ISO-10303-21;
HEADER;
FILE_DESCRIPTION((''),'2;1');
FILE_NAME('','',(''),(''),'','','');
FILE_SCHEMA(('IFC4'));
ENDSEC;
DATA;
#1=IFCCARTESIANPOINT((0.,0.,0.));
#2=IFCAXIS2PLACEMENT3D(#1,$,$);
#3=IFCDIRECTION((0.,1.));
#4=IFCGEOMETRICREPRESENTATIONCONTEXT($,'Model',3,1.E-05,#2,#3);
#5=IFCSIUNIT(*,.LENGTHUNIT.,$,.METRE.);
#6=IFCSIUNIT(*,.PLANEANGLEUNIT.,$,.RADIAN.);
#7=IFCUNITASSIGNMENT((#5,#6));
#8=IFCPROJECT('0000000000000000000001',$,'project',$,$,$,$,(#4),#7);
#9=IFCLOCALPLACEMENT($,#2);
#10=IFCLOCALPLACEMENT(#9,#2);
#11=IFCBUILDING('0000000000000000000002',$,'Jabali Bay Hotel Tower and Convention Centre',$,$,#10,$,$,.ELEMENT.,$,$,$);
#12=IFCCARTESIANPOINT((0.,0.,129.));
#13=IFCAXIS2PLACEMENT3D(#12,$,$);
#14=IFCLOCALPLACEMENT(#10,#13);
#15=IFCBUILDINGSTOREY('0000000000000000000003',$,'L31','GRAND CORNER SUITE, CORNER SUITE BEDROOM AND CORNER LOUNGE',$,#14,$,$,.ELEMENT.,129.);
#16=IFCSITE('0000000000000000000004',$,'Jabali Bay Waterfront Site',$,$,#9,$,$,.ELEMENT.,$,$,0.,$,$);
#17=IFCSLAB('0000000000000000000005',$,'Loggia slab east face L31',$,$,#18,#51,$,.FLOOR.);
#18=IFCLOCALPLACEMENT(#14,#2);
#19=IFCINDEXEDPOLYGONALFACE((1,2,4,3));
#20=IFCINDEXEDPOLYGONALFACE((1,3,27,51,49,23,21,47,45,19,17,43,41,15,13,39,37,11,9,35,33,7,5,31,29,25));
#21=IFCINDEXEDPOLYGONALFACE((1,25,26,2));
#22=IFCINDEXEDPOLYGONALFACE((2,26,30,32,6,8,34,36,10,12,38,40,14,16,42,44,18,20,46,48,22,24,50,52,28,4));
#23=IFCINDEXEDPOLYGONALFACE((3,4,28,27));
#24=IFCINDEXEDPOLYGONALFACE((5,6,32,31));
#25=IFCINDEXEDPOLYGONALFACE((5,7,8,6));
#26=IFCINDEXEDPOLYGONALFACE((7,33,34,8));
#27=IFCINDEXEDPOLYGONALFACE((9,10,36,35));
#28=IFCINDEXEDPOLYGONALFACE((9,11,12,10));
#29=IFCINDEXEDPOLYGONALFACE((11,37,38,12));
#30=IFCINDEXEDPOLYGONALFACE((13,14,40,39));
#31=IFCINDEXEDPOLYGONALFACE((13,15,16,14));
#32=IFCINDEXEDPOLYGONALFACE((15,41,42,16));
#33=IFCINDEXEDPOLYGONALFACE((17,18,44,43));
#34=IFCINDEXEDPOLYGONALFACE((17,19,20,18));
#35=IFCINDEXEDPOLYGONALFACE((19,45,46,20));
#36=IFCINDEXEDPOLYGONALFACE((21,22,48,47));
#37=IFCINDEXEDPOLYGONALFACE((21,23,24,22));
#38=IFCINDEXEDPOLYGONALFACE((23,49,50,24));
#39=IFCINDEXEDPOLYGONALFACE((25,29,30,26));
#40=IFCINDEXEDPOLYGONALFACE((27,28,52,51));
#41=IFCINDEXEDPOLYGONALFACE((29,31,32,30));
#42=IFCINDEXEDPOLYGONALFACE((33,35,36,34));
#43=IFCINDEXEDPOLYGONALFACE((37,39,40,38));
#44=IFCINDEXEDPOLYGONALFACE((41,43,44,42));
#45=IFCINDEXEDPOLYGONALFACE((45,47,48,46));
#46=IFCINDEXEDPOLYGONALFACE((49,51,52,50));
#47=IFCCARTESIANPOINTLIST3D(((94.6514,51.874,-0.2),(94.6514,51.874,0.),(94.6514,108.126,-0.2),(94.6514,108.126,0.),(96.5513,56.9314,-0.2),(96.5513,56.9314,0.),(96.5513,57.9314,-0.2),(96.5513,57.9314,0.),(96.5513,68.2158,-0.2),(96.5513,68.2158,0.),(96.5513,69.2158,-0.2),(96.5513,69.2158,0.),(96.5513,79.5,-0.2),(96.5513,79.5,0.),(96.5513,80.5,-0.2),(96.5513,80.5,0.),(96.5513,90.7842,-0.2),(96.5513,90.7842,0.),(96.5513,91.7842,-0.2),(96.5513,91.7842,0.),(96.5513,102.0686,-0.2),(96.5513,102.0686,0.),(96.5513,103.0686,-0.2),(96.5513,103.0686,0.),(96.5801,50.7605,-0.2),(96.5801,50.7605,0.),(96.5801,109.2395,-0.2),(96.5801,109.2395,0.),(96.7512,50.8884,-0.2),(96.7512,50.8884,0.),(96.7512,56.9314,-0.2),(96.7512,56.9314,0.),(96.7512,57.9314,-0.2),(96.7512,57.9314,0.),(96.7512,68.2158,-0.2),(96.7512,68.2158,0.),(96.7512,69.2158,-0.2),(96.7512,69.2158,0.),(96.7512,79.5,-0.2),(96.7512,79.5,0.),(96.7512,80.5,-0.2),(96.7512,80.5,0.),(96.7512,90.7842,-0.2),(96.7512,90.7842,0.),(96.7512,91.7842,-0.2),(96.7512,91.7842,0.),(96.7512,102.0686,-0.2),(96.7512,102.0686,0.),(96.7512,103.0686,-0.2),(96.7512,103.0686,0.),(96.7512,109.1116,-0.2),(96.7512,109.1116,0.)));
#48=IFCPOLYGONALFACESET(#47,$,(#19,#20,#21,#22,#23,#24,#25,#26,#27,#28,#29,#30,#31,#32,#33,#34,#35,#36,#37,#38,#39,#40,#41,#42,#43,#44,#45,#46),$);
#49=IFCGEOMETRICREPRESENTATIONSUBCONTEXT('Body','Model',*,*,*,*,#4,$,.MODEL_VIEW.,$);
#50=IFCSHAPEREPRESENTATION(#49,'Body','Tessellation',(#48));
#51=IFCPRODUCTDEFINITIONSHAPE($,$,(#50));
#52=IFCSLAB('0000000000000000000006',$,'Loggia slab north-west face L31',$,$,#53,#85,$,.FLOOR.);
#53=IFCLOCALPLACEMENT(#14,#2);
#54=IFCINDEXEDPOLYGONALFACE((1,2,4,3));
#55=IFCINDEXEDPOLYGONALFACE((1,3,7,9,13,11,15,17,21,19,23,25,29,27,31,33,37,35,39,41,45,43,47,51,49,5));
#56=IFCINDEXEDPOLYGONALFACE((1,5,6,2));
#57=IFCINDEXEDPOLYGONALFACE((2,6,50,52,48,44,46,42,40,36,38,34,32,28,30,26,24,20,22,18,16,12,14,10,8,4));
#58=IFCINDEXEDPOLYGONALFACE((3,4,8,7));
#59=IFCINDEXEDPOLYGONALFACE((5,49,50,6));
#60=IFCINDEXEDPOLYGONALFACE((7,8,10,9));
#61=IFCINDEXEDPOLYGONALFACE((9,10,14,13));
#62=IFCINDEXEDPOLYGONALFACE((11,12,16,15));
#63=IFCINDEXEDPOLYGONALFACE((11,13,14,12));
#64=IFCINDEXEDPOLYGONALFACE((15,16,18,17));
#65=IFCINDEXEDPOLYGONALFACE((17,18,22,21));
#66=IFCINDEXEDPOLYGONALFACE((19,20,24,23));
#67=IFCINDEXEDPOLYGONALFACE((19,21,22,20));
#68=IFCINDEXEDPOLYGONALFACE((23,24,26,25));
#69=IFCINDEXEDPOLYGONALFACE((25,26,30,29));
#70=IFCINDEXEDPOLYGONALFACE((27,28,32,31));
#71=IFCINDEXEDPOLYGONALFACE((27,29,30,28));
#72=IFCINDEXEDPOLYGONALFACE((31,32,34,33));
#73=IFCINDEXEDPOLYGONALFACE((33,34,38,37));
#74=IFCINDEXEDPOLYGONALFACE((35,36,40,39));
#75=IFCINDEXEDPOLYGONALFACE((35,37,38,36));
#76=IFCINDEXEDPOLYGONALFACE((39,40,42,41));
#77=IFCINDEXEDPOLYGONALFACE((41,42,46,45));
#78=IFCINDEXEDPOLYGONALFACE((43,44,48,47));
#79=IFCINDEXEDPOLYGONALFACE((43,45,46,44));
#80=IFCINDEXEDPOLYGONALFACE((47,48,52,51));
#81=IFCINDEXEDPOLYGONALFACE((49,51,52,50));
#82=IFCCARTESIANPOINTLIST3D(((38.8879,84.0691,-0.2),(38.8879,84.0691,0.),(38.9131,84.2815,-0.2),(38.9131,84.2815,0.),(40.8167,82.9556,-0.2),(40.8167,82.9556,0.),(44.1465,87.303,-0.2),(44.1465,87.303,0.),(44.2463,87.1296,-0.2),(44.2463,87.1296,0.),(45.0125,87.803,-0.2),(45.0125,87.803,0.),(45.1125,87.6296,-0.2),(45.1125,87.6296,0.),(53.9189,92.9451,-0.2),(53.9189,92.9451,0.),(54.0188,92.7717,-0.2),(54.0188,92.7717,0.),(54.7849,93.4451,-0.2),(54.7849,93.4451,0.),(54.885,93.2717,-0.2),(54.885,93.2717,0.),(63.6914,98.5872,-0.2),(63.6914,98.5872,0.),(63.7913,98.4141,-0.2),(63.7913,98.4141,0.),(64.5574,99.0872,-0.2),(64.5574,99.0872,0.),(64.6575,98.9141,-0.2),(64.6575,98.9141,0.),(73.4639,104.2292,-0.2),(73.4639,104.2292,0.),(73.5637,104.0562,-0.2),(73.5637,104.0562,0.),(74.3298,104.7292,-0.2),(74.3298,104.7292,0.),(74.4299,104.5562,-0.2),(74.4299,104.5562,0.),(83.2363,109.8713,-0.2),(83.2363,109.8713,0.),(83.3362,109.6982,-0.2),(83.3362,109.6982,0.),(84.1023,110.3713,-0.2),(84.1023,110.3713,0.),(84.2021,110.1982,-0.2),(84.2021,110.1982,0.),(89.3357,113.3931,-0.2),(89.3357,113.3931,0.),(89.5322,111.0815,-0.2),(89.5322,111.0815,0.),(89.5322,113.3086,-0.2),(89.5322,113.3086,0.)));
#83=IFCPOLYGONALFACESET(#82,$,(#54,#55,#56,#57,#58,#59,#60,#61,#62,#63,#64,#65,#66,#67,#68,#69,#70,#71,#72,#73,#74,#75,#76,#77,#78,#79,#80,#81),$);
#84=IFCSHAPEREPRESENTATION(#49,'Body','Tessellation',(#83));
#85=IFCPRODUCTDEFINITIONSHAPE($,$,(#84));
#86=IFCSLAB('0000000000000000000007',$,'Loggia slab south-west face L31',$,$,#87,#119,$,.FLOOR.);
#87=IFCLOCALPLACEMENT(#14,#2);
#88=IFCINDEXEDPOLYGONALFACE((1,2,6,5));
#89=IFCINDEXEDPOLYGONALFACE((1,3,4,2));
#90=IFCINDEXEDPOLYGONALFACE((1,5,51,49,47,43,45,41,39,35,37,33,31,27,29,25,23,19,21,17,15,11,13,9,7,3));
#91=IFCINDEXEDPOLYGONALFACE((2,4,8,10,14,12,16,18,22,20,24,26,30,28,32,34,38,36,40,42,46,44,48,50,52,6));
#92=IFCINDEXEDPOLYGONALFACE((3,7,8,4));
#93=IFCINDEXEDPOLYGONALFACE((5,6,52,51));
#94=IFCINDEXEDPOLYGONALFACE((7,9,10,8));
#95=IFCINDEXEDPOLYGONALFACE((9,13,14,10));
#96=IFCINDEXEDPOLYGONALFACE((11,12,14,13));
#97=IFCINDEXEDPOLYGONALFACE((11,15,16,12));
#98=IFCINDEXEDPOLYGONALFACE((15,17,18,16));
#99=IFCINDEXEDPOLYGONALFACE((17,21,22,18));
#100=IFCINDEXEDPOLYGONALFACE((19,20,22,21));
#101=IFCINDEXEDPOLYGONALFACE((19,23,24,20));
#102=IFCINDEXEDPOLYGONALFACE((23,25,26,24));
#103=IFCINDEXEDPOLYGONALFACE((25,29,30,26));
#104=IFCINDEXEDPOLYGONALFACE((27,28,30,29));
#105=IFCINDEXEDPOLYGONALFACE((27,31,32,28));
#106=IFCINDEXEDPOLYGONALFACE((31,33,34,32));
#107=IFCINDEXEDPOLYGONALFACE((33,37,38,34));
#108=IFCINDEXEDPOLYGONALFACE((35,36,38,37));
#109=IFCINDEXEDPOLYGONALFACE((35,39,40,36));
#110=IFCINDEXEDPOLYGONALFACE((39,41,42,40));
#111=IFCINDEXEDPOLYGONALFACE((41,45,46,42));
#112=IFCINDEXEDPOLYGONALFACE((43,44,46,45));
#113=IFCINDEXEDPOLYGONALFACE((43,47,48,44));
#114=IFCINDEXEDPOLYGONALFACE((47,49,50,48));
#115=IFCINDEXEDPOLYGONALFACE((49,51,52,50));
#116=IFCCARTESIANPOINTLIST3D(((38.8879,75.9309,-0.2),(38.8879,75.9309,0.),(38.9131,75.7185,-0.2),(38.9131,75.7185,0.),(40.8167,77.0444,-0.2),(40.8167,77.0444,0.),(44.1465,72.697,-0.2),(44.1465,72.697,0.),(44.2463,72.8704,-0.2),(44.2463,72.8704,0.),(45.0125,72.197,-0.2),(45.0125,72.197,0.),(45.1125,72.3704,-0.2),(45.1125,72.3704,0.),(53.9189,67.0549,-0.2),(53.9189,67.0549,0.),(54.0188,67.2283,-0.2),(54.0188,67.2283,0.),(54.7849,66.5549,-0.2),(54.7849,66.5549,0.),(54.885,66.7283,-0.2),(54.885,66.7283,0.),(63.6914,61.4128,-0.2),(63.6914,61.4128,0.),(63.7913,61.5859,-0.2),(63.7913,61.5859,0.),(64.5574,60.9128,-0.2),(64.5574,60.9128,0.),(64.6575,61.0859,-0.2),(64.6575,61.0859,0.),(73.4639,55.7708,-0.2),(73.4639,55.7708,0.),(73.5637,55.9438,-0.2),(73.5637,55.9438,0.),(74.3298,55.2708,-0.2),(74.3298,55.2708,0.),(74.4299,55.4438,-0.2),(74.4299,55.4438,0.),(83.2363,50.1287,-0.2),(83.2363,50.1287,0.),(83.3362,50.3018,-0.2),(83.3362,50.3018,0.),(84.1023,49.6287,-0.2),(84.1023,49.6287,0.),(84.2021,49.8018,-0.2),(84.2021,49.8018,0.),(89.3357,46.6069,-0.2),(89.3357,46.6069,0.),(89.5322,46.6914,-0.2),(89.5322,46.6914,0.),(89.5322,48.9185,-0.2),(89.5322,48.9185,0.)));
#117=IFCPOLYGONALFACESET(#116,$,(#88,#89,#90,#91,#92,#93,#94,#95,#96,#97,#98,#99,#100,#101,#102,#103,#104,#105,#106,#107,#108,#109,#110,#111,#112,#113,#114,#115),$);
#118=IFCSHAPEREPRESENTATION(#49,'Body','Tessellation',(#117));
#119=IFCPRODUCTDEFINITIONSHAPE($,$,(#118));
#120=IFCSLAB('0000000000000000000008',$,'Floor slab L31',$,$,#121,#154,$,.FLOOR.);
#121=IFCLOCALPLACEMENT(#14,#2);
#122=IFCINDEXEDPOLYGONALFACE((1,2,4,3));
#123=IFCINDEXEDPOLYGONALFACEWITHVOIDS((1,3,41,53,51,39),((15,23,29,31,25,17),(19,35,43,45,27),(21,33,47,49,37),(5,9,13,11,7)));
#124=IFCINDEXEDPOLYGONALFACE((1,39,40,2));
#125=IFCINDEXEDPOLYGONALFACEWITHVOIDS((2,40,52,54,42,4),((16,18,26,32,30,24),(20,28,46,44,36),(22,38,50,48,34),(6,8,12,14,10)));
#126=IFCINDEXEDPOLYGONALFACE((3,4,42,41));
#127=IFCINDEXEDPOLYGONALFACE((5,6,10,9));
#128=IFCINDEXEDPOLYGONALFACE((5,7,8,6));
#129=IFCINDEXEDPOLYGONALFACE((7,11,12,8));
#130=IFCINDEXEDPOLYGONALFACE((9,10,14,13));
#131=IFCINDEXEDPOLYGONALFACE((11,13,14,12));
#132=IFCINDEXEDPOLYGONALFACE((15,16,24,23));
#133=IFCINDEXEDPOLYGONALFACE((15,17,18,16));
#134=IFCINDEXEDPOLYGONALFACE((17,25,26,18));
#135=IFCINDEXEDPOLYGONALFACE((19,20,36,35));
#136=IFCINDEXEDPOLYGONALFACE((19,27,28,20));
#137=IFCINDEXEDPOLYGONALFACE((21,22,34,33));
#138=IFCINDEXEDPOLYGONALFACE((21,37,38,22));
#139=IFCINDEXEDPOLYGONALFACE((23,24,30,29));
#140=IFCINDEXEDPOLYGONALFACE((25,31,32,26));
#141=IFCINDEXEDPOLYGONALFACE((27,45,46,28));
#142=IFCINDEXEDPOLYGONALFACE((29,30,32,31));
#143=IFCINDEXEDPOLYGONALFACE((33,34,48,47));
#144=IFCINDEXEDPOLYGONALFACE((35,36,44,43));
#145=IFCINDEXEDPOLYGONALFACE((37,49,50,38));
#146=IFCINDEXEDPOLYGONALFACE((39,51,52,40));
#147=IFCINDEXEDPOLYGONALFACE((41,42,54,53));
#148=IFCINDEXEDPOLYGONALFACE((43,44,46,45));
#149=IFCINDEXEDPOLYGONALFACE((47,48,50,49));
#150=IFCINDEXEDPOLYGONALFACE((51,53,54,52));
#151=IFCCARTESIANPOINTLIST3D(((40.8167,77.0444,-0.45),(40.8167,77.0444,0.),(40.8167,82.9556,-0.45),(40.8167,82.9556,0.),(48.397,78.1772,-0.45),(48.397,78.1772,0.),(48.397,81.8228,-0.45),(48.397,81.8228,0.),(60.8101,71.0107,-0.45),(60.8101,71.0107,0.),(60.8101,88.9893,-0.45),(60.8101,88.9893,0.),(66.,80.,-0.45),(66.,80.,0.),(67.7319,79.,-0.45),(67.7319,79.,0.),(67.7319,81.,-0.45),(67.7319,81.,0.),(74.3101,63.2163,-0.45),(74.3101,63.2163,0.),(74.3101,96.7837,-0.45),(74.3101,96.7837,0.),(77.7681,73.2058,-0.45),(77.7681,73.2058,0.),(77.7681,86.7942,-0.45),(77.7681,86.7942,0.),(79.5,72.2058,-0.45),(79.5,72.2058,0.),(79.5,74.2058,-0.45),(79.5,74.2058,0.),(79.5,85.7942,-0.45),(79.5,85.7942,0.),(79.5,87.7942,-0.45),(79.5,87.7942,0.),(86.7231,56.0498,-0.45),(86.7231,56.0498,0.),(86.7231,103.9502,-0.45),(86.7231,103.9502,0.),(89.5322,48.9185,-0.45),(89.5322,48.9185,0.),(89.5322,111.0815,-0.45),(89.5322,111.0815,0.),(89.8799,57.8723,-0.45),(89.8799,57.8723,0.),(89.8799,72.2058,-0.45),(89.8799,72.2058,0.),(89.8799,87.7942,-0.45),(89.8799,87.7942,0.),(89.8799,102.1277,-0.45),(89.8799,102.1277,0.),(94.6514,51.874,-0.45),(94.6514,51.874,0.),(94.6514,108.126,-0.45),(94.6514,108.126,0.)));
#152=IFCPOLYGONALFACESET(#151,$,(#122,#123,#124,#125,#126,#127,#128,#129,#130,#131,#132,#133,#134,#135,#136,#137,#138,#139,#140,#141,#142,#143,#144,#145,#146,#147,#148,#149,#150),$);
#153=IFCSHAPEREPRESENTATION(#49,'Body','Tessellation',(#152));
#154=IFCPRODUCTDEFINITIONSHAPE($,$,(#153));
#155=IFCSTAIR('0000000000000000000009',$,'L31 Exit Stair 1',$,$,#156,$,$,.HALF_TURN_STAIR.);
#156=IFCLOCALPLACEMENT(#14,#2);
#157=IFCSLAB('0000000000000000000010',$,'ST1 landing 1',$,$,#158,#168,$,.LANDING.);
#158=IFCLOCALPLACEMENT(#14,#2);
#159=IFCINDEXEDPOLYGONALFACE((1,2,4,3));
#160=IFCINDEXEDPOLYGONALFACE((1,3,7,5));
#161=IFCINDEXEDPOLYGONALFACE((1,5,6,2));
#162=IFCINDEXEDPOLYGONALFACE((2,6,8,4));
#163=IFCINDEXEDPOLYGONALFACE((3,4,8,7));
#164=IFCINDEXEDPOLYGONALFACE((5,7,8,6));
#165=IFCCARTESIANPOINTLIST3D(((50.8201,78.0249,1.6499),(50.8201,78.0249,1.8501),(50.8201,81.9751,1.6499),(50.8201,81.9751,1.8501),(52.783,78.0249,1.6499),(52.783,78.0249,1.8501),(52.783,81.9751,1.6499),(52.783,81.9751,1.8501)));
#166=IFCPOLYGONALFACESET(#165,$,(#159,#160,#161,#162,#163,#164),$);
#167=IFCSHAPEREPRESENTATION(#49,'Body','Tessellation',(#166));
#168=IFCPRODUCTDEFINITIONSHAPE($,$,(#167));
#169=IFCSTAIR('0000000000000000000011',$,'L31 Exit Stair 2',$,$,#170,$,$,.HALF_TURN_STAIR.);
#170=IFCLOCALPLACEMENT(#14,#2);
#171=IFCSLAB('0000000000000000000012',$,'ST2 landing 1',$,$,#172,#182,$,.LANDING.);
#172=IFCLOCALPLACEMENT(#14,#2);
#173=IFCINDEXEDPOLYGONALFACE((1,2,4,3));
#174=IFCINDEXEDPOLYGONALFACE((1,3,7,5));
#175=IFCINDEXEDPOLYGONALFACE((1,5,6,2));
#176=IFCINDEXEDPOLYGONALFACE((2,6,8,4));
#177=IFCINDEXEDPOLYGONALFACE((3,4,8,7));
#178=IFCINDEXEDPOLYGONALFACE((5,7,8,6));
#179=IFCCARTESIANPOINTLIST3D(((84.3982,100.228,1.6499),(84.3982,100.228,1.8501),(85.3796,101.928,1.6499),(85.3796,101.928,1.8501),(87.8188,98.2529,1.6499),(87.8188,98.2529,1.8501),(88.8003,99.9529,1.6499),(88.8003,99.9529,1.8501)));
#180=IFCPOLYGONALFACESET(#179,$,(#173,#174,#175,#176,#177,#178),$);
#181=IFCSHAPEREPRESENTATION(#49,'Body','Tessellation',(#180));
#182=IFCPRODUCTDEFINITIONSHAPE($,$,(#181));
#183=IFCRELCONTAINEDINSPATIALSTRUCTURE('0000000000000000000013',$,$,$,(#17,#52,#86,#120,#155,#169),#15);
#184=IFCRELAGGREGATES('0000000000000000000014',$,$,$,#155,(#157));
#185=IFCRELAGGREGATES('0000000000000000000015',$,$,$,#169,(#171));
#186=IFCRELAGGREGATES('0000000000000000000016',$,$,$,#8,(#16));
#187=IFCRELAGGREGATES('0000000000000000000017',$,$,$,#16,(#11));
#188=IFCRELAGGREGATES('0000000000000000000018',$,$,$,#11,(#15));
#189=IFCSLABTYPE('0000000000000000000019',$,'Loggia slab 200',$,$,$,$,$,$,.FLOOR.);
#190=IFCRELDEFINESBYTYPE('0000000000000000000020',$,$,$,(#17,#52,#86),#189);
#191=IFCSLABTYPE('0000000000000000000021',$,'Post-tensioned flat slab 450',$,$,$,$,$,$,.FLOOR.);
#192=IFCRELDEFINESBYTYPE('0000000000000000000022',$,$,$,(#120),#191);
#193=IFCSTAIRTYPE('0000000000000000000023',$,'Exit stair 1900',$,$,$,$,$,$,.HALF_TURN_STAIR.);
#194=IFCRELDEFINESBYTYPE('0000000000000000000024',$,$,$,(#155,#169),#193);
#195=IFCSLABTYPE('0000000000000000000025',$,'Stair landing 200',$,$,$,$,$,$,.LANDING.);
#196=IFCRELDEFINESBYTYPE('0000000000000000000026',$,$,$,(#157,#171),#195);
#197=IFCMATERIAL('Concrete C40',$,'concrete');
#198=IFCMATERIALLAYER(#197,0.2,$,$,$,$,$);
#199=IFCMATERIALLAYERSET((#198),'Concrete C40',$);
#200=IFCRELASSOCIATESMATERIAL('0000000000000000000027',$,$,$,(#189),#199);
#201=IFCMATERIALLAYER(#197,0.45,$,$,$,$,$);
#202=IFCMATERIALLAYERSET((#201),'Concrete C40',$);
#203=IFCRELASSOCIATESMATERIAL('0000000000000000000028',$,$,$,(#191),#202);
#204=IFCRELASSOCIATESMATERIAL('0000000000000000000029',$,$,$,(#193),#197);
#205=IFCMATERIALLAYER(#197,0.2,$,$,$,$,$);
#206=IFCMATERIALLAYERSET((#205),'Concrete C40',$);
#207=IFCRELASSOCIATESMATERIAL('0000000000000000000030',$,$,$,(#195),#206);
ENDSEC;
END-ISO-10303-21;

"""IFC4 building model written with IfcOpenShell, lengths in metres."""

from ifc_helpers import new_model, si_unit, direction, frame, origin, place, context, subcontext, project, spatial, polyline, outline, extrude, material, layer, layer_set, type_object, element, aggregate, save


model = new_model("IFC4")

# Units and contexts
model_context = context("Model", 3, precision=1e-05, world=origin(), true_north=direction((0.0, 1.0)))
body_context = subcontext(model_context, "Body", "Model", "MODEL_VIEW")
ifc_project = project(units=[si_unit("LENGTHUNIT", "METRE"), si_unit("PLANEANGLEUNIT", "RADIAN")], contexts=[model_context])

# Site, building, storey
site_placement = place(None, origin())
site = spatial("IfcSite", under=ifc_project, at=site_placement, Name="Jabali Bay Waterfront Site", CompositionType="ELEMENT", RefElevation=0.0)
building_placement = place(site_placement, origin())
building = spatial("IfcBuilding", under=site, at=building_placement, Name="Jabali Bay Hotel Tower and Convention Centre", CompositionType="ELEMENT")
storey_placement = place(building_placement, frame((0.0, 0.0, 129.0)))
storey = spatial("IfcBuildingStorey", under=building, at=storey_placement, Name="L31", Description="GRAND CORNER SUITE, CORNER SUITE BEDROOM AND CORNER LOUNGE", CompositionType="ELEMENT", Elevation=129.0)

# Slabs
ifc_material_1 = material(Name="Concrete C40", Category="concrete")
ifc_layer_1 = layer(ifc_material_1, 0.2)
ifc_layer_set_1 = layer_set([ifc_layer_1], Name="Concrete C40")
slab_type_1 = type_object("IfcSlabType", Name="Loggia slab 200", PredefinedType="FLOOR", material=ifc_layer_set_1)
slab_1_placement = place(storey_placement, frame((0.0, 0.0, -0.2)))
element("IfcSlab", 1, at=slab_1_placement, inside=storey, type_object=slab_type_1, Name="Loggia slab east face L31", PredefinedType="FLOOR", context=body_context, shape_type="SweptSolid", body=[
    extrude(outline(polyline([(94.6514, 108.126), (96.5801, 109.2395), (96.7512, 109.1116), (96.7512, 103.0686), (96.5513, 103.0686), (96.5513, 102.0686), (96.7512, 102.0686), (96.7512, 91.7842), (96.5513, 91.7842), (96.5513, 90.7842), (96.7512, 90.7842), (96.7512, 80.5), (96.5513, 80.5), (96.5513, 79.5), (96.7512, 79.5), (96.7512, 69.2158), (96.5513, 69.2158), (96.5513, 68.2158), (96.7512, 68.2158), (96.7512, 57.9314), (96.5513, 57.9314), (96.5513, 56.9314), (96.7512, 56.9314), (96.7512, 50.8884), (96.5801, 50.7605), (94.6514, 51.874), (94.6514, 108.126)])), origin(), (0.0, 0.0, 1.0), 0.2),
])
slab_2_placement = place(storey_placement, frame((0.0, 0.0, -0.2)))
element("IfcSlab", 2, at=slab_2_placement, inside=storey, type_object=slab_type_1, Name="Loggia slab north-west face L31", PredefinedType="FLOOR", context=body_context, shape_type="SweptSolid", body=[
    extrude(outline(polyline([(40.8167, 82.9556), (38.8879, 84.0691), (38.9131, 84.2815), (44.1465, 87.303), (44.2463, 87.1296), (45.1125, 87.6296), (45.0125, 87.803), (53.9189, 92.9451), (54.0188, 92.7717), (54.885, 93.2717), (54.7849, 93.4451), (63.6914, 98.5872), (63.7913, 98.4141), (64.6575, 98.9141), (64.5574, 99.0872), (73.4639, 104.2292), (73.5637, 104.0562), (74.4299, 104.5562), (74.3298, 104.7292), (83.2363, 109.8713), (83.3362, 109.6982), (84.2021, 110.1982), (84.1023, 110.3713), (89.3357, 113.3931), (89.5322, 113.3086), (89.5322, 111.0815), (40.8167, 82.9556)])), origin(), (0.0, 0.0, 1.0), 0.2),
])
slab_3_placement = place(storey_placement, frame((0.0, 0.0, -0.2)))
element("IfcSlab", 3, at=slab_3_placement, inside=storey, type_object=slab_type_1, Name="Loggia slab south-west face L31", PredefinedType="FLOOR", context=body_context, shape_type="SweptSolid", body=[
    extrude(outline(polyline([(89.5322, 48.9185), (89.5322, 46.6914), (89.3357, 46.6069), (84.1023, 49.6287), (84.2021, 49.8018), (83.3362, 50.3018), (83.2363, 50.1287), (74.3298, 55.2708), (74.4299, 55.4438), (73.5637, 55.9438), (73.4639, 55.7708), (64.5574, 60.9128), (64.6575, 61.0859), (63.7913, 61.5859), (63.6914, 61.4128), (54.7849, 66.5549), (54.885, 66.7283), (54.0188, 67.2283), (53.9189, 67.0549), (45.0125, 72.197), (45.1125, 72.3704), (44.2463, 72.8704), (44.1465, 72.697), (38.9131, 75.7185), (38.8879, 75.9309), (40.8167, 77.0444), (89.5322, 48.9185)])), origin(), (0.0, 0.0, 1.0), 0.2),
])
ifc_layer_2 = layer(ifc_material_1, 0.45)
ifc_layer_set_2 = layer_set([ifc_layer_2], Name="Concrete C40")
slab_type_2 = type_object("IfcSlabType", Name="Post-tensioned flat slab 450", PredefinedType="FLOOR", material=ifc_layer_set_2)
slab_4_placement = place(storey_placement, frame((0.0, 0.0, -0.45)))
element("IfcSlab", 4, at=slab_4_placement, inside=storey, type_object=slab_type_2, Name="Floor slab L31", PredefinedType="FLOOR", context=body_context, shape_type="SweptSolid", body=[
    extrude(outline(polyline([(89.5322, 111.0815), (94.6514, 108.126), (94.6514, 51.874), (89.5322, 48.9185), (40.8167, 77.0444), (40.8167, 82.9556), (89.5322, 111.0815)]), holes=[polyline([(67.7319, 79.0), (77.7681, 73.2058), (79.5, 74.2058), (79.5, 85.7942), (77.7681, 86.7942), (67.7319, 81.0), (67.7319, 79.0)]), polyline([(48.397, 78.1772), (60.8101, 71.0107), (66.0, 80.0), (60.8101, 88.9893), (48.397, 81.8228), (48.397, 78.1772)]), polyline([(89.8799, 102.1277), (86.7231, 103.9502), (74.3101, 96.7837), (79.5, 87.7942), (89.8799, 87.7942), (89.8799, 102.1277)]), polyline([(74.3101, 63.2163), (86.7231, 56.0498), (89.8799, 57.8723), (89.8799, 72.2058), (79.5, 72.2058), (74.3101, 63.2163)])]), origin(), (0.0, 0.0, 1.0), 0.45),
])

# Stairs, slabs
stair_type = type_object("IfcStairType", Name="Exit stair 1900", PredefinedType="HALF_TURN_STAIR", material=ifc_material_1)
stair_1_placement = place(storey_placement, origin())
stair_1 = element("IfcStair", 5, at=stair_1_placement, inside=storey, type_object=stair_type, Name="L31 Exit Stair 1", PredefinedType="HALF_TURN_STAIR")
ifc_layer_3 = layer(ifc_material_1, 0.2)
ifc_layer_set_3 = layer_set([ifc_layer_3], Name="Concrete C40")
slab_type_3 = type_object("IfcSlabType", Name="Stair landing 200", PredefinedType="LANDING", material=ifc_layer_set_3)
slab_5_placement = place(storey_placement, frame((0.0, 0.0, 1.6499)))
slab_5 = element("IfcSlab", 6, at=slab_5_placement, type_object=slab_type_3, Name="ST1 landing 1", PredefinedType="LANDING", context=body_context, shape_type="SweptSolid", body=[
    extrude(outline(polyline([(52.783, 81.9751), (50.8201, 81.9751), (50.8201, 78.0249), (52.783, 78.0249), (52.783, 81.9751)])), origin(), (0.0, 0.0, 1.0), 0.2002),
])
aggregate(stair_1, [slab_5])
stair_2_placement = place(storey_placement, origin())
stair_2 = element("IfcStair", 7, at=stair_2_placement, inside=storey, type_object=stair_type, Name="L31 Exit Stair 2", PredefinedType="HALF_TURN_STAIR")
slab_6_placement = place(storey_placement, frame((0.0, 0.0, 1.6499)))
slab_6 = element("IfcSlab", 8, at=slab_6_placement, type_object=slab_type_3, Name="ST2 landing 1", PredefinedType="LANDING", context=body_context, shape_type="SweptSolid", body=[
    extrude(outline(polyline([(87.8188, 98.2529), (88.8003, 99.9529), (85.3796, 101.928), (84.3982, 100.228), (87.8188, 98.2529)])), origin(), (0.0, 0.0, 1.0), 0.2002),
])
aggregate(stair_2, [slab_6])

save(model, "model.ifc")
